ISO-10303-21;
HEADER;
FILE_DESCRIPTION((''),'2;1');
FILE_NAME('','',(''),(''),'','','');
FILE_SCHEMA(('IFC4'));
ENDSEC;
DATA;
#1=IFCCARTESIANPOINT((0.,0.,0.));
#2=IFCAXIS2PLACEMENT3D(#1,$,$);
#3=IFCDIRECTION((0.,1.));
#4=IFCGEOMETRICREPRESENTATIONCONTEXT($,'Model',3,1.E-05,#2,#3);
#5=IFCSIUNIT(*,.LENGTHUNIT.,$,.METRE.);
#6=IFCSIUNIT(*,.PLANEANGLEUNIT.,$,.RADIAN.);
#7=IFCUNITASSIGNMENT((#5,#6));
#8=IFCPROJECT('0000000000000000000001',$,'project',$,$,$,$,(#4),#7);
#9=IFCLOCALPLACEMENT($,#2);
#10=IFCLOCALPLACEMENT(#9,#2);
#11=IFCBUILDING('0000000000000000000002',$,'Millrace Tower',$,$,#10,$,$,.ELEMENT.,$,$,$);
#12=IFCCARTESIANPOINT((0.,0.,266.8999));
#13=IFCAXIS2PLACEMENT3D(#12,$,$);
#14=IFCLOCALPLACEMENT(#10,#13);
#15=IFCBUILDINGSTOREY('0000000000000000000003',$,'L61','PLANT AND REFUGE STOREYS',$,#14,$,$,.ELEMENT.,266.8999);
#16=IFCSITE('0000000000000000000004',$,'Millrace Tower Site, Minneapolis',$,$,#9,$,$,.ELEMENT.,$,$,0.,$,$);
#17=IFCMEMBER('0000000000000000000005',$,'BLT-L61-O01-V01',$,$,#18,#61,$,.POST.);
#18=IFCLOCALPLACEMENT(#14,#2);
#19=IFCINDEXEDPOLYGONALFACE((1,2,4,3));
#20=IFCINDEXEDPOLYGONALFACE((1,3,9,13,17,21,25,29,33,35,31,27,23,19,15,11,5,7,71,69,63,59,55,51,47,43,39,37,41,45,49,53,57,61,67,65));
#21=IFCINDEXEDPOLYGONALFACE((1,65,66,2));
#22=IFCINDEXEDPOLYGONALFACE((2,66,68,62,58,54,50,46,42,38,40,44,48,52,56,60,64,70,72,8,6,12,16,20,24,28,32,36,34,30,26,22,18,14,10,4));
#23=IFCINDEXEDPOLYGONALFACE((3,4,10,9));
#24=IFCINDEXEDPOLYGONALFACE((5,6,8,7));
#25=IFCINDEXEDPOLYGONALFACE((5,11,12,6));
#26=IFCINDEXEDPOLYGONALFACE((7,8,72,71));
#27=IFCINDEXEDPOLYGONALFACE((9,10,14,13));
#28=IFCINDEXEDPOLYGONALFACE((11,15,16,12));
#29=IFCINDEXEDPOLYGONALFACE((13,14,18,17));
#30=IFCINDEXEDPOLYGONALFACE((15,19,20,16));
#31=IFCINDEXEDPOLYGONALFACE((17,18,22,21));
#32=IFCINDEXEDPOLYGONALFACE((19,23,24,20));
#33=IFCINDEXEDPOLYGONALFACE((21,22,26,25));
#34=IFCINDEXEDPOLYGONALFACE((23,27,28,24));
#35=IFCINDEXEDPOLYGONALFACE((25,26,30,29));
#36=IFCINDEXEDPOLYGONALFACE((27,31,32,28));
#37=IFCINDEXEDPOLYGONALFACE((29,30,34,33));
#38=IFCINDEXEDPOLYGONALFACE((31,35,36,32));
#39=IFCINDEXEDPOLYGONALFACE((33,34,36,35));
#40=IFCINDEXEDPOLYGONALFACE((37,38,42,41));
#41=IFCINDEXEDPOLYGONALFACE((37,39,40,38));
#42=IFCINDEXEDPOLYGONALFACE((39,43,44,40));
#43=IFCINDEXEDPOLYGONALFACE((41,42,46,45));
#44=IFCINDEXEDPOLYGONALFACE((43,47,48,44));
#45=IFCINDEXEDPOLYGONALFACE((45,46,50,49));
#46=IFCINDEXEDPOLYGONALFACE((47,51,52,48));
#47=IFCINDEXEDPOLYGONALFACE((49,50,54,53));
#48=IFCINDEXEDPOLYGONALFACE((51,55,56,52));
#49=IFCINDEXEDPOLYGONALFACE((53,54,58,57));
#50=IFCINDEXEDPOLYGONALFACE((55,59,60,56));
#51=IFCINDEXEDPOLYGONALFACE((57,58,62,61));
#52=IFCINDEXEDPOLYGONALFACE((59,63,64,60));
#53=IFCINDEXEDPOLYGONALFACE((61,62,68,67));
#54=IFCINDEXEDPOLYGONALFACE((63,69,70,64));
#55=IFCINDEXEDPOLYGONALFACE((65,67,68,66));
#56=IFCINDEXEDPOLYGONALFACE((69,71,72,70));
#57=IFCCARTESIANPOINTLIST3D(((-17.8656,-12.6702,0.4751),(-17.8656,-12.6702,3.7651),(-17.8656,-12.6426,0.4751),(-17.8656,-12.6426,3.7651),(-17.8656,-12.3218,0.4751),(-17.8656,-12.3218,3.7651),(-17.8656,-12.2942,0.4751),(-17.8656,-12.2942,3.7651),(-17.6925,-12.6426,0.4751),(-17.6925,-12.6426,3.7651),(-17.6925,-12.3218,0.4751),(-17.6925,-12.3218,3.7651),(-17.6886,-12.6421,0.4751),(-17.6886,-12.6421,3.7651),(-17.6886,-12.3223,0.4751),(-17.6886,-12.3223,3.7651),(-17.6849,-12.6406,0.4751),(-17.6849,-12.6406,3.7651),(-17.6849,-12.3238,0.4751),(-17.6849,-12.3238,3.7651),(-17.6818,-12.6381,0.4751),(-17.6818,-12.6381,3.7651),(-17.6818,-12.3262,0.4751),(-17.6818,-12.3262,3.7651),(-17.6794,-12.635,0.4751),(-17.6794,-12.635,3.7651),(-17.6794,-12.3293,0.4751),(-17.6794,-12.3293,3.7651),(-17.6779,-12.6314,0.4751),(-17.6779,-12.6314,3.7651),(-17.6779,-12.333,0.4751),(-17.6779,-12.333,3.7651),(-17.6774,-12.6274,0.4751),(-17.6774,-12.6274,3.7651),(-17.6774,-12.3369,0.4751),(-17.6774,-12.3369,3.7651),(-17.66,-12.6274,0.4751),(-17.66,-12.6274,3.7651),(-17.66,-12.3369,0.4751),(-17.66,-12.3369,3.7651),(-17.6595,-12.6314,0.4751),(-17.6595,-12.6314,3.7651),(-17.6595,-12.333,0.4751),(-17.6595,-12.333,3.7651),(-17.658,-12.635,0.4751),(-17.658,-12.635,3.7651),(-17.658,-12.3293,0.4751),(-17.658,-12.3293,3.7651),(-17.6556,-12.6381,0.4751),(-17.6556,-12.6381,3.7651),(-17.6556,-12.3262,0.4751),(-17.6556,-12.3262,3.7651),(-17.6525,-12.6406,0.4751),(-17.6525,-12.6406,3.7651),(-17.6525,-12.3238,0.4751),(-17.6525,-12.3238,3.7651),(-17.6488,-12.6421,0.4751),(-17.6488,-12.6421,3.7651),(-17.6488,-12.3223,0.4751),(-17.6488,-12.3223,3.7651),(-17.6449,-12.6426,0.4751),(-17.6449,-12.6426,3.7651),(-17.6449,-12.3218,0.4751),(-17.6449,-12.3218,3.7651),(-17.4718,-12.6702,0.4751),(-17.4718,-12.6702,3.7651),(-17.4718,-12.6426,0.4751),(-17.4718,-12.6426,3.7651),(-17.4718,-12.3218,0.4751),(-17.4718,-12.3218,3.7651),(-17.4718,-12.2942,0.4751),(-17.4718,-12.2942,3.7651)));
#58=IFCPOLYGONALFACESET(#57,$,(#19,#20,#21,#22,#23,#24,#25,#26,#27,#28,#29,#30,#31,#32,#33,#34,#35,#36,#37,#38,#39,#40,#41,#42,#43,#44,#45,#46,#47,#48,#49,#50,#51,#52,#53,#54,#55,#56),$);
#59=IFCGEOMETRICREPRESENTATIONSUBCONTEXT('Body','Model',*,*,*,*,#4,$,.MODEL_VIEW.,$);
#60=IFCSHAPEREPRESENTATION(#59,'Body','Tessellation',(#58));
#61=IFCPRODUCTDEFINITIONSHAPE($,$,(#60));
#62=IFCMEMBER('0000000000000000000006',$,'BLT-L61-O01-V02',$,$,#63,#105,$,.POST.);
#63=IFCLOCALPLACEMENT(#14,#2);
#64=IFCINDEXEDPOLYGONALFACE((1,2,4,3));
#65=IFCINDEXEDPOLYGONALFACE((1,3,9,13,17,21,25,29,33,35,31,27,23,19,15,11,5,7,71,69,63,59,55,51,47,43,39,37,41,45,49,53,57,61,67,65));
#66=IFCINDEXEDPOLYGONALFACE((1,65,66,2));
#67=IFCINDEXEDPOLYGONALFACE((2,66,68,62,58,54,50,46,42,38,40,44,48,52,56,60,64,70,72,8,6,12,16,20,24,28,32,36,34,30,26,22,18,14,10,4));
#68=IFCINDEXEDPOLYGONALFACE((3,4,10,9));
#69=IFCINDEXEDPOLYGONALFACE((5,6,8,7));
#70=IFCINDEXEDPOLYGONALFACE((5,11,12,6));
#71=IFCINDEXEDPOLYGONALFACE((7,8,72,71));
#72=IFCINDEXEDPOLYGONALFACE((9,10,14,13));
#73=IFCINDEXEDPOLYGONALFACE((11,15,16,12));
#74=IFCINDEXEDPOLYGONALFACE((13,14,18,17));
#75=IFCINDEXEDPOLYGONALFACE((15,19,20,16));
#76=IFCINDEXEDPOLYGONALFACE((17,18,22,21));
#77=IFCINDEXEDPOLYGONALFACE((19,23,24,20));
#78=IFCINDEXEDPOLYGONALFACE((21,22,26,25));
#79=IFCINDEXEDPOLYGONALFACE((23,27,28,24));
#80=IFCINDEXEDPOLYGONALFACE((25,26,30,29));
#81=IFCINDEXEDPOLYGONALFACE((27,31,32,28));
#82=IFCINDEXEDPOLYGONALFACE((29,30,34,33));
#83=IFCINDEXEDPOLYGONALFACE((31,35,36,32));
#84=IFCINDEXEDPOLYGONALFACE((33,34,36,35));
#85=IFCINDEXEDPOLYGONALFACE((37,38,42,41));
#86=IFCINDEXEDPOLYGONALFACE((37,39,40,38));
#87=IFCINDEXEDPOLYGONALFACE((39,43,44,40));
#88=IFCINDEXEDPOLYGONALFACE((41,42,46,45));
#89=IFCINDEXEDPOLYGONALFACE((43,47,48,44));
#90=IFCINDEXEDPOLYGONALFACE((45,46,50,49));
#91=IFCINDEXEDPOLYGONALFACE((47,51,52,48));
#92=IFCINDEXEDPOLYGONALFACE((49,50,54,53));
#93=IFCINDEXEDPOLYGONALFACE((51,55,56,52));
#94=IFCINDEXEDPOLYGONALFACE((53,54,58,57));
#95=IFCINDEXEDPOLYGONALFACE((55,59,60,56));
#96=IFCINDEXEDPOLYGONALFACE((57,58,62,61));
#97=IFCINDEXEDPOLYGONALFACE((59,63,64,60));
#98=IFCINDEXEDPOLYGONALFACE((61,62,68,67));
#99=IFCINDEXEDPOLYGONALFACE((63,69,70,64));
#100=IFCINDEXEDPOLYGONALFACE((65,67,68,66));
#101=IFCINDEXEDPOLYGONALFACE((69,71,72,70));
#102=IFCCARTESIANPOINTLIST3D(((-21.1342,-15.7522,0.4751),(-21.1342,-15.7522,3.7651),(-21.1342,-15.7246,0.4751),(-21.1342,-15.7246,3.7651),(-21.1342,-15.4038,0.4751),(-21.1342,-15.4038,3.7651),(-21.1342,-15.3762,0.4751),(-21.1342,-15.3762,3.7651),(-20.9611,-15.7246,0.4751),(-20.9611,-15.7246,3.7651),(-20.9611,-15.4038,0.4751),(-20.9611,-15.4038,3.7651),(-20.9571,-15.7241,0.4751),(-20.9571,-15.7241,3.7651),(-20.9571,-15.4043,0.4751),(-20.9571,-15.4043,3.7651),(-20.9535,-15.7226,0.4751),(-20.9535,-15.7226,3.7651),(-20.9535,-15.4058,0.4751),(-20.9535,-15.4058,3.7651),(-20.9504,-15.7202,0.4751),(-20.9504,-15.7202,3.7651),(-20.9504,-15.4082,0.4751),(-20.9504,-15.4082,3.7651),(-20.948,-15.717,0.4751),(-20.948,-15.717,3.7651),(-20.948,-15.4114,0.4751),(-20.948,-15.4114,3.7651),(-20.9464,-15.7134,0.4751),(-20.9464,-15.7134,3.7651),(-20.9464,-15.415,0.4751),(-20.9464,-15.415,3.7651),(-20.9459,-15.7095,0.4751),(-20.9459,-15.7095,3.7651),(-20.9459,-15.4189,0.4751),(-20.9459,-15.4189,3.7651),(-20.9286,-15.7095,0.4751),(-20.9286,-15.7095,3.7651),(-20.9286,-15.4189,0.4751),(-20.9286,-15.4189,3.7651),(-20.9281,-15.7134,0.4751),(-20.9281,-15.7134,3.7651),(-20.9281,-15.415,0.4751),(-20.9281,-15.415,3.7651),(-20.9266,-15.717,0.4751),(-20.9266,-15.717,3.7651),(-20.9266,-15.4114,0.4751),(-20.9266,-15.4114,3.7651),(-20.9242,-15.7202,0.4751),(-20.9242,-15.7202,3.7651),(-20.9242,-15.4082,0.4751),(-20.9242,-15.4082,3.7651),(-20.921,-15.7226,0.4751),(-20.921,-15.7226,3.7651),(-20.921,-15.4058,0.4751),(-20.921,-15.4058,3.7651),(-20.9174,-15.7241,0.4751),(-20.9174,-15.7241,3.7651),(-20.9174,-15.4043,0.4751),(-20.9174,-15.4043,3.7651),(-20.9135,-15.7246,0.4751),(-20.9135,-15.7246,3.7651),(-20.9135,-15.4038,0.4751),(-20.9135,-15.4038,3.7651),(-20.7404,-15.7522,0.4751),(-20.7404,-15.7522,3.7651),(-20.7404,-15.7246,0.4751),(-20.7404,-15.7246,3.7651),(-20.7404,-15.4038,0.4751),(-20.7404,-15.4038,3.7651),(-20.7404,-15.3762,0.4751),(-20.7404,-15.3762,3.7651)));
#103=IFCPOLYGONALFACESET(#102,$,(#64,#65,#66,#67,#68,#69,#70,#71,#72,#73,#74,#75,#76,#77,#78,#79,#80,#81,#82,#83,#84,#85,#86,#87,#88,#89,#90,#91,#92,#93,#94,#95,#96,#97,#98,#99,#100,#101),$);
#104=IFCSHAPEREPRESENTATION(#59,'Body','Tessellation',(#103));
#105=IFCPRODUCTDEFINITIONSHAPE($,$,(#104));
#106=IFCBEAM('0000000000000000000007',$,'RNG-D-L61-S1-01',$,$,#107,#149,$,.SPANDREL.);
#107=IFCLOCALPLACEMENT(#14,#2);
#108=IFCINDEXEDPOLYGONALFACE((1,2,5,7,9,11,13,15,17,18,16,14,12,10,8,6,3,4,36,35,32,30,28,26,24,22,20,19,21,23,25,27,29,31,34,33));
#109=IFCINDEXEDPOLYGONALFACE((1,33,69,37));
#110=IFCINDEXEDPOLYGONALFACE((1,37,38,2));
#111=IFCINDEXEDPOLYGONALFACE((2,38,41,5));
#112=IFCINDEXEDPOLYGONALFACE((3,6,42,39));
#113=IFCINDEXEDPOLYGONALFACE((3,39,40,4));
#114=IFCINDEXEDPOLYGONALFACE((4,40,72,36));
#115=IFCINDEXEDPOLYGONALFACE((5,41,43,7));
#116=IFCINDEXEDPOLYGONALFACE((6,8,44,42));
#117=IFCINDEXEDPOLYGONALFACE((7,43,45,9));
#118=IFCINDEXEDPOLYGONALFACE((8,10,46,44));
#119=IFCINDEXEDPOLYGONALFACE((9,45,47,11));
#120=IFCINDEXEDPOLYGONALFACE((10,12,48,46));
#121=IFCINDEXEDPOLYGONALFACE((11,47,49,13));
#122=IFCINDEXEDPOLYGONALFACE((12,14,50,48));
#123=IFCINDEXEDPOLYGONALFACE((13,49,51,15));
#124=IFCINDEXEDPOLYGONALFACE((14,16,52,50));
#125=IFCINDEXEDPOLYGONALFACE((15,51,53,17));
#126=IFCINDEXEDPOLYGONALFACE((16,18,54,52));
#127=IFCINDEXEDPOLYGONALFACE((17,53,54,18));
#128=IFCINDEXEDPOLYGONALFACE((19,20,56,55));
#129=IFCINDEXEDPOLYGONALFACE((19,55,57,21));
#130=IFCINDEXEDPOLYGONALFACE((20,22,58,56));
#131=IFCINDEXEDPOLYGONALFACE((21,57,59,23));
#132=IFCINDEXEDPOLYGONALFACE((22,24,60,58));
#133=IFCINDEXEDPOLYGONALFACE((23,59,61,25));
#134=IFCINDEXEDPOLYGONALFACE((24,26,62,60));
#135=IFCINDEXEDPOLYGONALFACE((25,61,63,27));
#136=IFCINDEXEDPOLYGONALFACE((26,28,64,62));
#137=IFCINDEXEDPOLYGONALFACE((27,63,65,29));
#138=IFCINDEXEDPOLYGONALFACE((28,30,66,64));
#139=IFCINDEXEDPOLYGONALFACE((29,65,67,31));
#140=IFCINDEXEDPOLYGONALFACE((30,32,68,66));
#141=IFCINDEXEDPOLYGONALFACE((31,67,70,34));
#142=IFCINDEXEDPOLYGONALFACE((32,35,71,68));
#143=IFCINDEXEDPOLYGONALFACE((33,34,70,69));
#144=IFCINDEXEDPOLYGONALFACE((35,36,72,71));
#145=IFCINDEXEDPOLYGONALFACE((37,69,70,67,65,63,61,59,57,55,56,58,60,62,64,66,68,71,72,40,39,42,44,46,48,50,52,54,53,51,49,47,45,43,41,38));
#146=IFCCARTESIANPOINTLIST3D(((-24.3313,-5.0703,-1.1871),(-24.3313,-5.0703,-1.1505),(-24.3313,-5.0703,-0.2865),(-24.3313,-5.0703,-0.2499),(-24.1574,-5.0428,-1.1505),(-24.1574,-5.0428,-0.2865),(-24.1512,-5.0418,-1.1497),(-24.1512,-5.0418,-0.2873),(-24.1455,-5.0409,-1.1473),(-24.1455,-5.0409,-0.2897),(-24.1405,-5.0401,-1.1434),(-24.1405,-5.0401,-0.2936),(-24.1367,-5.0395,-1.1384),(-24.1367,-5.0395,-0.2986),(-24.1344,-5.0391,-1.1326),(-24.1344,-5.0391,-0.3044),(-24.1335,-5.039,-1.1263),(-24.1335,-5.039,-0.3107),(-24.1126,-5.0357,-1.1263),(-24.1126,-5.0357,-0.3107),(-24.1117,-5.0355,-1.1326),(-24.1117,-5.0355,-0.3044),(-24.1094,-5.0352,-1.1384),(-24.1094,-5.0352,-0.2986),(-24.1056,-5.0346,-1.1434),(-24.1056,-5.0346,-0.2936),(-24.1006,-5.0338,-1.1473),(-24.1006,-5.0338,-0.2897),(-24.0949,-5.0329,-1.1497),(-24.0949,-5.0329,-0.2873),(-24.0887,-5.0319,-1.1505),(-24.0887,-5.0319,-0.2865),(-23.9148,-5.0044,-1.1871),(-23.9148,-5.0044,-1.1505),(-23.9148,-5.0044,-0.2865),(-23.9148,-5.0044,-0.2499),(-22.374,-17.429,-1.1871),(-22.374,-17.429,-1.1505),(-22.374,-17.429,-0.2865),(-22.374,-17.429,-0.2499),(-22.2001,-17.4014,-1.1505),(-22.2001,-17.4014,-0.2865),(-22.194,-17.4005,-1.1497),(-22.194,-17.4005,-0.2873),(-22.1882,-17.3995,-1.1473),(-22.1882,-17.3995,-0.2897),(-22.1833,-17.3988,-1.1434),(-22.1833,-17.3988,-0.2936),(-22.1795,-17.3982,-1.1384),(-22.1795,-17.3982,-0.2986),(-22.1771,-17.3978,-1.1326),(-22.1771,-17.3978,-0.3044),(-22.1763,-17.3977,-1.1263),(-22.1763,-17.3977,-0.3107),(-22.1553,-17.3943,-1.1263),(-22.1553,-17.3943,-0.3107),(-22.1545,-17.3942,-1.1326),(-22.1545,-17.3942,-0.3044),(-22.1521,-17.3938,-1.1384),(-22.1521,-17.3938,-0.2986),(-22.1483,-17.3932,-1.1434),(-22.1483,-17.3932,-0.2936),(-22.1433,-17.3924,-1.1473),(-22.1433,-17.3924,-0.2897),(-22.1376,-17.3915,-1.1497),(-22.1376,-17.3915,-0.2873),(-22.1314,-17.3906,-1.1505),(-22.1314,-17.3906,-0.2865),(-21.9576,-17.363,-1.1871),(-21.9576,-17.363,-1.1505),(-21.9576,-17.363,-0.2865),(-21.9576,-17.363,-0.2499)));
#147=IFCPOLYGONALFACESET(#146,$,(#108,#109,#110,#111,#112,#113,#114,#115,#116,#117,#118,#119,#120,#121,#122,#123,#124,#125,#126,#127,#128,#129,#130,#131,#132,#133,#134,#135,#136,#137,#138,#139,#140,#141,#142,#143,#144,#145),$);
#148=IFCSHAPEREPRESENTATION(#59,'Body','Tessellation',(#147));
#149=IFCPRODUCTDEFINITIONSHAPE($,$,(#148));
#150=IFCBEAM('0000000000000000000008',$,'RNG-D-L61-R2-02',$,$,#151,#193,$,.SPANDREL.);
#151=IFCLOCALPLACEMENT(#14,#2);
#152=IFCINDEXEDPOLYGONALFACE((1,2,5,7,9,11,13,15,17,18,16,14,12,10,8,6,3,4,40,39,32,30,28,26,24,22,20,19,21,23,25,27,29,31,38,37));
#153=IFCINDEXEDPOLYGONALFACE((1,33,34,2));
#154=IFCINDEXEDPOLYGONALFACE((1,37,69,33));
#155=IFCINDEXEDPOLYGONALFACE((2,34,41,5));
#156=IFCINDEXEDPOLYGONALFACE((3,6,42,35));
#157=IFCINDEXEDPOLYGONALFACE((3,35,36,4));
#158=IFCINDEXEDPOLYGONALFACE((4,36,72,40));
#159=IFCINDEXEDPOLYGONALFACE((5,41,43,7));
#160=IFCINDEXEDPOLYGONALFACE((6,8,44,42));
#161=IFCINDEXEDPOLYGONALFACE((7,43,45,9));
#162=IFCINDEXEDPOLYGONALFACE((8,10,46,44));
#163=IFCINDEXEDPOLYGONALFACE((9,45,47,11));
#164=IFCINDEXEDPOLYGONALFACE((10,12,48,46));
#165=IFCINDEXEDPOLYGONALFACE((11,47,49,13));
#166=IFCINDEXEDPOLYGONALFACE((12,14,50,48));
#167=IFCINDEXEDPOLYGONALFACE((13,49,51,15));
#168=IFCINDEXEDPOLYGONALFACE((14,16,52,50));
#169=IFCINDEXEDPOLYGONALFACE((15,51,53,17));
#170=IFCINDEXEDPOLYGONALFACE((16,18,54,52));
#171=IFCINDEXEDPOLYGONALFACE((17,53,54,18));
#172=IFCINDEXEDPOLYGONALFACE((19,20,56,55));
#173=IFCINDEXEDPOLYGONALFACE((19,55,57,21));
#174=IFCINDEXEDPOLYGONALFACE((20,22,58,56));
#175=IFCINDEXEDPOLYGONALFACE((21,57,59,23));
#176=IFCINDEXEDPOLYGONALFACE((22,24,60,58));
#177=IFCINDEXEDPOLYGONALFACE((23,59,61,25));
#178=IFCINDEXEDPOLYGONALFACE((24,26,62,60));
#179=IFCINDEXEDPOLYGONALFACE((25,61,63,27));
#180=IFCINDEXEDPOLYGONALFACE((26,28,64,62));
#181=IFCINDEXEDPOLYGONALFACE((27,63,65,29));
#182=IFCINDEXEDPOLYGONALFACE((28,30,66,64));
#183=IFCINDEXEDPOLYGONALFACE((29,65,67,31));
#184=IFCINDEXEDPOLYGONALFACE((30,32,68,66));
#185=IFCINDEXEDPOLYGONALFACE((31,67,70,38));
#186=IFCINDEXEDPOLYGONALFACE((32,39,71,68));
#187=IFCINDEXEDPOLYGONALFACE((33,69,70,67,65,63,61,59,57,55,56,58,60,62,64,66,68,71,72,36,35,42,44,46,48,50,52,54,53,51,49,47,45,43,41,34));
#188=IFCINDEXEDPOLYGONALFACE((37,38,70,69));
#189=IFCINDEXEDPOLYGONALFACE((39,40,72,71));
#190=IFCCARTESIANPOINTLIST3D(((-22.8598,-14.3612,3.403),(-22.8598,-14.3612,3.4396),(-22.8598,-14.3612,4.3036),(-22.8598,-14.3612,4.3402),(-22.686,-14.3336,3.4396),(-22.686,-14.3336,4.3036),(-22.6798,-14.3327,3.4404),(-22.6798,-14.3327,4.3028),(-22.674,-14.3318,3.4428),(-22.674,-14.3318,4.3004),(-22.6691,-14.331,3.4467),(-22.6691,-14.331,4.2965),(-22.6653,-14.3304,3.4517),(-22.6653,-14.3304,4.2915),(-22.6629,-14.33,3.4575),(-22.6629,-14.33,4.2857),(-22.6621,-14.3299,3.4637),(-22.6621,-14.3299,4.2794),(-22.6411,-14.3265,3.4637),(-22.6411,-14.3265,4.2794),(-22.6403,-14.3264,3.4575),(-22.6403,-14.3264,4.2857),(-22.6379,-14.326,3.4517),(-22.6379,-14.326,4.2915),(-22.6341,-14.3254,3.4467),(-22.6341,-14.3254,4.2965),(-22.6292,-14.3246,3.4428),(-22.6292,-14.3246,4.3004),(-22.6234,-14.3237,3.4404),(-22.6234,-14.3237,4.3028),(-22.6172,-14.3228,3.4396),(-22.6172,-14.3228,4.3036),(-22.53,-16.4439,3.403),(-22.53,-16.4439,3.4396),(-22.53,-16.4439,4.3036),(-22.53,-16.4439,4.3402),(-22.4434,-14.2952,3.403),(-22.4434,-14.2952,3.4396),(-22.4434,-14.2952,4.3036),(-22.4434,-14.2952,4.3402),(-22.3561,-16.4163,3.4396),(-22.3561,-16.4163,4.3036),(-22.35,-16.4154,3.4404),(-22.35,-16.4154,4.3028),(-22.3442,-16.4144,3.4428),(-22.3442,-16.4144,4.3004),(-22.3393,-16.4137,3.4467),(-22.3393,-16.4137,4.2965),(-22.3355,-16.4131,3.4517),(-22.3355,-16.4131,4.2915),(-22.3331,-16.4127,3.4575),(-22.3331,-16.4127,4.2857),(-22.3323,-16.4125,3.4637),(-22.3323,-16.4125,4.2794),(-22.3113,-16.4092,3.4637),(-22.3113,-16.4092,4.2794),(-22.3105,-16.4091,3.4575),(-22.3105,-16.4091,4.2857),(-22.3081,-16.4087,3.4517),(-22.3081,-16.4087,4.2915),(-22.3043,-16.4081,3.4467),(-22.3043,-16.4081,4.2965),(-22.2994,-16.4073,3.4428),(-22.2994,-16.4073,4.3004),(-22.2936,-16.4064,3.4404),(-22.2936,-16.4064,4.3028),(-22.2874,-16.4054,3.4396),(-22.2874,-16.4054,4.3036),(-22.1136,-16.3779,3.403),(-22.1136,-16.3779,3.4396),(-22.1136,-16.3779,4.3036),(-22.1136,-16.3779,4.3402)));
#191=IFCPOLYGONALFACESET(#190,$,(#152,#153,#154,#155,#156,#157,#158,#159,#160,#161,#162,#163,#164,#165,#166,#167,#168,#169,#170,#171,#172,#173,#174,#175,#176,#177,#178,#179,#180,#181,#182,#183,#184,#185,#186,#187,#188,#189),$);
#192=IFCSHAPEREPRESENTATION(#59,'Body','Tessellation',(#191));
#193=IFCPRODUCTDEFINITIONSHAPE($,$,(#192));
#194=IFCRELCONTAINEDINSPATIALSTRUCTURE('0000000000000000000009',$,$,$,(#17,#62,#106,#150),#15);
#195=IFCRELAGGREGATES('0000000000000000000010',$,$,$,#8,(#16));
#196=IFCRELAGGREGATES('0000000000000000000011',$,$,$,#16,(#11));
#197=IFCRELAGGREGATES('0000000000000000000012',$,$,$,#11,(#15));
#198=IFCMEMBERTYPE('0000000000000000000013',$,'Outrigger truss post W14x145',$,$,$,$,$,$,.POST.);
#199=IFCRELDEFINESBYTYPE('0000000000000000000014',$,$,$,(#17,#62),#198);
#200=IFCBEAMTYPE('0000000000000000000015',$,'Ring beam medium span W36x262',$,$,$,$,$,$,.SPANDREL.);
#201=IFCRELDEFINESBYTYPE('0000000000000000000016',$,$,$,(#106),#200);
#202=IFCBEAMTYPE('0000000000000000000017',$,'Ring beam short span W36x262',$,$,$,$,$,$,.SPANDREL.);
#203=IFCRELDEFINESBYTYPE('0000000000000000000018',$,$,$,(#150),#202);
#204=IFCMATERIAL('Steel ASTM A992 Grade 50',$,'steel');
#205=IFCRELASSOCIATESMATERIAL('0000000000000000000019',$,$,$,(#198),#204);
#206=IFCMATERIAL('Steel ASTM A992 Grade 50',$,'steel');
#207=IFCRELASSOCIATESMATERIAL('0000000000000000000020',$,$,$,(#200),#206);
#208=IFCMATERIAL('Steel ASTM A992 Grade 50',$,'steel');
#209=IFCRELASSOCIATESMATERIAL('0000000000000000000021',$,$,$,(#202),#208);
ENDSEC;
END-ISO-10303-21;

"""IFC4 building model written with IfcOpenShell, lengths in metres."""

from ifc_helpers import new_model, si_unit, direction, frame, origin, origin_2d, place, context, subcontext, project, spatial, i_section, extrude, material, material_profile, profile_set, type_object, element, save


model = new_model("IFC4")

# Units and contexts
model_context = context("Model", 3, precision=1e-05, world=origin(), true_north=direction((0.0, 1.0)))
body_context = subcontext(model_context, "Body", "Model", "MODEL_VIEW")
ifc_project = project(units=[si_unit("LENGTHUNIT", "METRE"), si_unit("PLANEANGLEUNIT", "RADIAN")], contexts=[model_context])

# Site, building, storey
site_placement = place(None, origin())
site = spatial("IfcSite", under=ifc_project, at=site_placement, Name="Millrace Tower Site, Minneapolis", CompositionType="ELEMENT", RefElevation=0.0)
building_placement = place(site_placement, origin())
building = spatial("IfcBuilding", under=site, at=building_placement, Name="Millrace Tower", CompositionType="ELEMENT")
storey_placement = place(building_placement, frame((0.0, 0.0, 266.8999)))
storey = spatial("IfcBuildingStorey", under=building, at=storey_placement, Name="L61", Description="PLANT AND REFUGE STOREYS", CompositionType="ELEMENT", Elevation=266.8999)

# Members
ifc_material_1 = material(Name="Steel ASTM A992 Grade 50", Category="steel")
ifc_material_profile_1 = material_profile(ifc_material_1, i_section(OverallWidth=0.3938, OverallDepth=0.376, WebThickness=0.0173, FlangeThickness=0.0276, FilletRadius=0.0151, at=origin_2d()))
ifc_profile_set_1 = profile_set([ifc_material_profile_1], Name="Steel ASTM A992 Grade 50")
member_type_1 = type_object("IfcMemberType", Name="Outrigger truss post W14x145", PredefinedType="POST", material=ifc_profile_set_1)
for number, where, z_axis, x_axis, name in (
    (1, (-17.6687, -12.4822, 0.4751), (0.0, 0.0, 1.0), (1.0, 0.0, 0.0), "BLT-L61-O01-V01"),
    (2, (-20.9373, -15.5642, 0.4751), (0.0, 0.0, 1.0), (1.0, 0.0, 0.0), "BLT-L61-O01-V02"),
):
    element("IfcMember", number, at=place(storey_placement, frame(where, z_axis=z_axis, x_axis=x_axis)), inside=storey, type_object=member_type_1, Name=name, PredefinedType="POST", context=body_context, shape_type="SweptSolid", body=[
        extrude(i_section(OverallWidth=0.3938, OverallDepth=0.376, WebThickness=0.0173, FlangeThickness=0.0276, FilletRadius=0.0151, at=origin_2d()), origin(), (0.0, 0.0, 1.0), 3.29),
    ])

# Beams
ifc_material_2 = material(Name="Steel ASTM A992 Grade 50", Category="steel")
ifc_material_profile_2 = material_profile(ifc_material_2, i_section(OverallWidth=0.4216, OverallDepth=0.9373, WebThickness=0.0212, FlangeThickness=0.0366, FilletRadius=0.0242, at=origin_2d()))
ifc_profile_set_2 = profile_set([ifc_material_profile_2], Name="Steel ASTM A992 Grade 50")
beam_type_1 = type_object("IfcBeamType", Name="Ring beam medium span W36x262", PredefinedType="SPANDREL", material=ifc_profile_set_2)
beam_1_placement = place(storey_placement, frame((-22.1658, -17.396, -0.7185), z_axis=(-0.156423, 0.98769, 0.0), x_axis=(-0.98769, -0.156423, 0.0)))
element("IfcBeam", 3, at=beam_1_placement, inside=storey, type_object=beam_type_1, Name="RNG-D-L61-S1-01", PredefinedType="SPANDREL", context=body_context, shape_type="SweptSolid", body=[
    extrude(i_section(OverallWidth=0.4216, OverallDepth=0.9373, WebThickness=0.0212, FlangeThickness=0.0366, FilletRadius=0.0242, at=origin_2d()), origin(), (0.0, 0.0, 1.0), 12.5127),
])
ifc_material_3 = material(Name="Steel ASTM A992 Grade 50", Category="steel")
ifc_material_profile_3 = material_profile(ifc_material_3, i_section(OverallWidth=0.4216, OverallDepth=0.9373, WebThickness=0.0212, FlangeThickness=0.0366, FilletRadius=0.0242, at=origin_2d()))
ifc_profile_set_3 = profile_set([ifc_material_profile_3], Name="Steel ASTM A992 Grade 50")
beam_type_2 = type_object("IfcBeamType", Name="Ring beam short span W36x262", PredefinedType="SPANDREL", material=ifc_profile_set_3)
beam_2_placement = place(storey_placement, frame((-22.3218, -16.4109, 3.8716), z_axis=(-0.156414, 0.987692, 0.0), x_axis=(-0.987692, -0.156414, 0.0)))
element("IfcBeam", 4, at=beam_2_placement, inside=storey, type_object=beam_type_2, Name="RNG-D-L61-R2-02", PredefinedType="SPANDREL", context=body_context, shape_type="SweptSolid", body=[
    extrude(i_section(OverallWidth=0.4216, OverallDepth=0.9373, WebThickness=0.0212, FlangeThickness=0.0366, FilletRadius=0.0242, at=origin_2d()), origin(), (0.0, 0.0, 1.0), 2.1086),
])

save(model, "model.ifc")
